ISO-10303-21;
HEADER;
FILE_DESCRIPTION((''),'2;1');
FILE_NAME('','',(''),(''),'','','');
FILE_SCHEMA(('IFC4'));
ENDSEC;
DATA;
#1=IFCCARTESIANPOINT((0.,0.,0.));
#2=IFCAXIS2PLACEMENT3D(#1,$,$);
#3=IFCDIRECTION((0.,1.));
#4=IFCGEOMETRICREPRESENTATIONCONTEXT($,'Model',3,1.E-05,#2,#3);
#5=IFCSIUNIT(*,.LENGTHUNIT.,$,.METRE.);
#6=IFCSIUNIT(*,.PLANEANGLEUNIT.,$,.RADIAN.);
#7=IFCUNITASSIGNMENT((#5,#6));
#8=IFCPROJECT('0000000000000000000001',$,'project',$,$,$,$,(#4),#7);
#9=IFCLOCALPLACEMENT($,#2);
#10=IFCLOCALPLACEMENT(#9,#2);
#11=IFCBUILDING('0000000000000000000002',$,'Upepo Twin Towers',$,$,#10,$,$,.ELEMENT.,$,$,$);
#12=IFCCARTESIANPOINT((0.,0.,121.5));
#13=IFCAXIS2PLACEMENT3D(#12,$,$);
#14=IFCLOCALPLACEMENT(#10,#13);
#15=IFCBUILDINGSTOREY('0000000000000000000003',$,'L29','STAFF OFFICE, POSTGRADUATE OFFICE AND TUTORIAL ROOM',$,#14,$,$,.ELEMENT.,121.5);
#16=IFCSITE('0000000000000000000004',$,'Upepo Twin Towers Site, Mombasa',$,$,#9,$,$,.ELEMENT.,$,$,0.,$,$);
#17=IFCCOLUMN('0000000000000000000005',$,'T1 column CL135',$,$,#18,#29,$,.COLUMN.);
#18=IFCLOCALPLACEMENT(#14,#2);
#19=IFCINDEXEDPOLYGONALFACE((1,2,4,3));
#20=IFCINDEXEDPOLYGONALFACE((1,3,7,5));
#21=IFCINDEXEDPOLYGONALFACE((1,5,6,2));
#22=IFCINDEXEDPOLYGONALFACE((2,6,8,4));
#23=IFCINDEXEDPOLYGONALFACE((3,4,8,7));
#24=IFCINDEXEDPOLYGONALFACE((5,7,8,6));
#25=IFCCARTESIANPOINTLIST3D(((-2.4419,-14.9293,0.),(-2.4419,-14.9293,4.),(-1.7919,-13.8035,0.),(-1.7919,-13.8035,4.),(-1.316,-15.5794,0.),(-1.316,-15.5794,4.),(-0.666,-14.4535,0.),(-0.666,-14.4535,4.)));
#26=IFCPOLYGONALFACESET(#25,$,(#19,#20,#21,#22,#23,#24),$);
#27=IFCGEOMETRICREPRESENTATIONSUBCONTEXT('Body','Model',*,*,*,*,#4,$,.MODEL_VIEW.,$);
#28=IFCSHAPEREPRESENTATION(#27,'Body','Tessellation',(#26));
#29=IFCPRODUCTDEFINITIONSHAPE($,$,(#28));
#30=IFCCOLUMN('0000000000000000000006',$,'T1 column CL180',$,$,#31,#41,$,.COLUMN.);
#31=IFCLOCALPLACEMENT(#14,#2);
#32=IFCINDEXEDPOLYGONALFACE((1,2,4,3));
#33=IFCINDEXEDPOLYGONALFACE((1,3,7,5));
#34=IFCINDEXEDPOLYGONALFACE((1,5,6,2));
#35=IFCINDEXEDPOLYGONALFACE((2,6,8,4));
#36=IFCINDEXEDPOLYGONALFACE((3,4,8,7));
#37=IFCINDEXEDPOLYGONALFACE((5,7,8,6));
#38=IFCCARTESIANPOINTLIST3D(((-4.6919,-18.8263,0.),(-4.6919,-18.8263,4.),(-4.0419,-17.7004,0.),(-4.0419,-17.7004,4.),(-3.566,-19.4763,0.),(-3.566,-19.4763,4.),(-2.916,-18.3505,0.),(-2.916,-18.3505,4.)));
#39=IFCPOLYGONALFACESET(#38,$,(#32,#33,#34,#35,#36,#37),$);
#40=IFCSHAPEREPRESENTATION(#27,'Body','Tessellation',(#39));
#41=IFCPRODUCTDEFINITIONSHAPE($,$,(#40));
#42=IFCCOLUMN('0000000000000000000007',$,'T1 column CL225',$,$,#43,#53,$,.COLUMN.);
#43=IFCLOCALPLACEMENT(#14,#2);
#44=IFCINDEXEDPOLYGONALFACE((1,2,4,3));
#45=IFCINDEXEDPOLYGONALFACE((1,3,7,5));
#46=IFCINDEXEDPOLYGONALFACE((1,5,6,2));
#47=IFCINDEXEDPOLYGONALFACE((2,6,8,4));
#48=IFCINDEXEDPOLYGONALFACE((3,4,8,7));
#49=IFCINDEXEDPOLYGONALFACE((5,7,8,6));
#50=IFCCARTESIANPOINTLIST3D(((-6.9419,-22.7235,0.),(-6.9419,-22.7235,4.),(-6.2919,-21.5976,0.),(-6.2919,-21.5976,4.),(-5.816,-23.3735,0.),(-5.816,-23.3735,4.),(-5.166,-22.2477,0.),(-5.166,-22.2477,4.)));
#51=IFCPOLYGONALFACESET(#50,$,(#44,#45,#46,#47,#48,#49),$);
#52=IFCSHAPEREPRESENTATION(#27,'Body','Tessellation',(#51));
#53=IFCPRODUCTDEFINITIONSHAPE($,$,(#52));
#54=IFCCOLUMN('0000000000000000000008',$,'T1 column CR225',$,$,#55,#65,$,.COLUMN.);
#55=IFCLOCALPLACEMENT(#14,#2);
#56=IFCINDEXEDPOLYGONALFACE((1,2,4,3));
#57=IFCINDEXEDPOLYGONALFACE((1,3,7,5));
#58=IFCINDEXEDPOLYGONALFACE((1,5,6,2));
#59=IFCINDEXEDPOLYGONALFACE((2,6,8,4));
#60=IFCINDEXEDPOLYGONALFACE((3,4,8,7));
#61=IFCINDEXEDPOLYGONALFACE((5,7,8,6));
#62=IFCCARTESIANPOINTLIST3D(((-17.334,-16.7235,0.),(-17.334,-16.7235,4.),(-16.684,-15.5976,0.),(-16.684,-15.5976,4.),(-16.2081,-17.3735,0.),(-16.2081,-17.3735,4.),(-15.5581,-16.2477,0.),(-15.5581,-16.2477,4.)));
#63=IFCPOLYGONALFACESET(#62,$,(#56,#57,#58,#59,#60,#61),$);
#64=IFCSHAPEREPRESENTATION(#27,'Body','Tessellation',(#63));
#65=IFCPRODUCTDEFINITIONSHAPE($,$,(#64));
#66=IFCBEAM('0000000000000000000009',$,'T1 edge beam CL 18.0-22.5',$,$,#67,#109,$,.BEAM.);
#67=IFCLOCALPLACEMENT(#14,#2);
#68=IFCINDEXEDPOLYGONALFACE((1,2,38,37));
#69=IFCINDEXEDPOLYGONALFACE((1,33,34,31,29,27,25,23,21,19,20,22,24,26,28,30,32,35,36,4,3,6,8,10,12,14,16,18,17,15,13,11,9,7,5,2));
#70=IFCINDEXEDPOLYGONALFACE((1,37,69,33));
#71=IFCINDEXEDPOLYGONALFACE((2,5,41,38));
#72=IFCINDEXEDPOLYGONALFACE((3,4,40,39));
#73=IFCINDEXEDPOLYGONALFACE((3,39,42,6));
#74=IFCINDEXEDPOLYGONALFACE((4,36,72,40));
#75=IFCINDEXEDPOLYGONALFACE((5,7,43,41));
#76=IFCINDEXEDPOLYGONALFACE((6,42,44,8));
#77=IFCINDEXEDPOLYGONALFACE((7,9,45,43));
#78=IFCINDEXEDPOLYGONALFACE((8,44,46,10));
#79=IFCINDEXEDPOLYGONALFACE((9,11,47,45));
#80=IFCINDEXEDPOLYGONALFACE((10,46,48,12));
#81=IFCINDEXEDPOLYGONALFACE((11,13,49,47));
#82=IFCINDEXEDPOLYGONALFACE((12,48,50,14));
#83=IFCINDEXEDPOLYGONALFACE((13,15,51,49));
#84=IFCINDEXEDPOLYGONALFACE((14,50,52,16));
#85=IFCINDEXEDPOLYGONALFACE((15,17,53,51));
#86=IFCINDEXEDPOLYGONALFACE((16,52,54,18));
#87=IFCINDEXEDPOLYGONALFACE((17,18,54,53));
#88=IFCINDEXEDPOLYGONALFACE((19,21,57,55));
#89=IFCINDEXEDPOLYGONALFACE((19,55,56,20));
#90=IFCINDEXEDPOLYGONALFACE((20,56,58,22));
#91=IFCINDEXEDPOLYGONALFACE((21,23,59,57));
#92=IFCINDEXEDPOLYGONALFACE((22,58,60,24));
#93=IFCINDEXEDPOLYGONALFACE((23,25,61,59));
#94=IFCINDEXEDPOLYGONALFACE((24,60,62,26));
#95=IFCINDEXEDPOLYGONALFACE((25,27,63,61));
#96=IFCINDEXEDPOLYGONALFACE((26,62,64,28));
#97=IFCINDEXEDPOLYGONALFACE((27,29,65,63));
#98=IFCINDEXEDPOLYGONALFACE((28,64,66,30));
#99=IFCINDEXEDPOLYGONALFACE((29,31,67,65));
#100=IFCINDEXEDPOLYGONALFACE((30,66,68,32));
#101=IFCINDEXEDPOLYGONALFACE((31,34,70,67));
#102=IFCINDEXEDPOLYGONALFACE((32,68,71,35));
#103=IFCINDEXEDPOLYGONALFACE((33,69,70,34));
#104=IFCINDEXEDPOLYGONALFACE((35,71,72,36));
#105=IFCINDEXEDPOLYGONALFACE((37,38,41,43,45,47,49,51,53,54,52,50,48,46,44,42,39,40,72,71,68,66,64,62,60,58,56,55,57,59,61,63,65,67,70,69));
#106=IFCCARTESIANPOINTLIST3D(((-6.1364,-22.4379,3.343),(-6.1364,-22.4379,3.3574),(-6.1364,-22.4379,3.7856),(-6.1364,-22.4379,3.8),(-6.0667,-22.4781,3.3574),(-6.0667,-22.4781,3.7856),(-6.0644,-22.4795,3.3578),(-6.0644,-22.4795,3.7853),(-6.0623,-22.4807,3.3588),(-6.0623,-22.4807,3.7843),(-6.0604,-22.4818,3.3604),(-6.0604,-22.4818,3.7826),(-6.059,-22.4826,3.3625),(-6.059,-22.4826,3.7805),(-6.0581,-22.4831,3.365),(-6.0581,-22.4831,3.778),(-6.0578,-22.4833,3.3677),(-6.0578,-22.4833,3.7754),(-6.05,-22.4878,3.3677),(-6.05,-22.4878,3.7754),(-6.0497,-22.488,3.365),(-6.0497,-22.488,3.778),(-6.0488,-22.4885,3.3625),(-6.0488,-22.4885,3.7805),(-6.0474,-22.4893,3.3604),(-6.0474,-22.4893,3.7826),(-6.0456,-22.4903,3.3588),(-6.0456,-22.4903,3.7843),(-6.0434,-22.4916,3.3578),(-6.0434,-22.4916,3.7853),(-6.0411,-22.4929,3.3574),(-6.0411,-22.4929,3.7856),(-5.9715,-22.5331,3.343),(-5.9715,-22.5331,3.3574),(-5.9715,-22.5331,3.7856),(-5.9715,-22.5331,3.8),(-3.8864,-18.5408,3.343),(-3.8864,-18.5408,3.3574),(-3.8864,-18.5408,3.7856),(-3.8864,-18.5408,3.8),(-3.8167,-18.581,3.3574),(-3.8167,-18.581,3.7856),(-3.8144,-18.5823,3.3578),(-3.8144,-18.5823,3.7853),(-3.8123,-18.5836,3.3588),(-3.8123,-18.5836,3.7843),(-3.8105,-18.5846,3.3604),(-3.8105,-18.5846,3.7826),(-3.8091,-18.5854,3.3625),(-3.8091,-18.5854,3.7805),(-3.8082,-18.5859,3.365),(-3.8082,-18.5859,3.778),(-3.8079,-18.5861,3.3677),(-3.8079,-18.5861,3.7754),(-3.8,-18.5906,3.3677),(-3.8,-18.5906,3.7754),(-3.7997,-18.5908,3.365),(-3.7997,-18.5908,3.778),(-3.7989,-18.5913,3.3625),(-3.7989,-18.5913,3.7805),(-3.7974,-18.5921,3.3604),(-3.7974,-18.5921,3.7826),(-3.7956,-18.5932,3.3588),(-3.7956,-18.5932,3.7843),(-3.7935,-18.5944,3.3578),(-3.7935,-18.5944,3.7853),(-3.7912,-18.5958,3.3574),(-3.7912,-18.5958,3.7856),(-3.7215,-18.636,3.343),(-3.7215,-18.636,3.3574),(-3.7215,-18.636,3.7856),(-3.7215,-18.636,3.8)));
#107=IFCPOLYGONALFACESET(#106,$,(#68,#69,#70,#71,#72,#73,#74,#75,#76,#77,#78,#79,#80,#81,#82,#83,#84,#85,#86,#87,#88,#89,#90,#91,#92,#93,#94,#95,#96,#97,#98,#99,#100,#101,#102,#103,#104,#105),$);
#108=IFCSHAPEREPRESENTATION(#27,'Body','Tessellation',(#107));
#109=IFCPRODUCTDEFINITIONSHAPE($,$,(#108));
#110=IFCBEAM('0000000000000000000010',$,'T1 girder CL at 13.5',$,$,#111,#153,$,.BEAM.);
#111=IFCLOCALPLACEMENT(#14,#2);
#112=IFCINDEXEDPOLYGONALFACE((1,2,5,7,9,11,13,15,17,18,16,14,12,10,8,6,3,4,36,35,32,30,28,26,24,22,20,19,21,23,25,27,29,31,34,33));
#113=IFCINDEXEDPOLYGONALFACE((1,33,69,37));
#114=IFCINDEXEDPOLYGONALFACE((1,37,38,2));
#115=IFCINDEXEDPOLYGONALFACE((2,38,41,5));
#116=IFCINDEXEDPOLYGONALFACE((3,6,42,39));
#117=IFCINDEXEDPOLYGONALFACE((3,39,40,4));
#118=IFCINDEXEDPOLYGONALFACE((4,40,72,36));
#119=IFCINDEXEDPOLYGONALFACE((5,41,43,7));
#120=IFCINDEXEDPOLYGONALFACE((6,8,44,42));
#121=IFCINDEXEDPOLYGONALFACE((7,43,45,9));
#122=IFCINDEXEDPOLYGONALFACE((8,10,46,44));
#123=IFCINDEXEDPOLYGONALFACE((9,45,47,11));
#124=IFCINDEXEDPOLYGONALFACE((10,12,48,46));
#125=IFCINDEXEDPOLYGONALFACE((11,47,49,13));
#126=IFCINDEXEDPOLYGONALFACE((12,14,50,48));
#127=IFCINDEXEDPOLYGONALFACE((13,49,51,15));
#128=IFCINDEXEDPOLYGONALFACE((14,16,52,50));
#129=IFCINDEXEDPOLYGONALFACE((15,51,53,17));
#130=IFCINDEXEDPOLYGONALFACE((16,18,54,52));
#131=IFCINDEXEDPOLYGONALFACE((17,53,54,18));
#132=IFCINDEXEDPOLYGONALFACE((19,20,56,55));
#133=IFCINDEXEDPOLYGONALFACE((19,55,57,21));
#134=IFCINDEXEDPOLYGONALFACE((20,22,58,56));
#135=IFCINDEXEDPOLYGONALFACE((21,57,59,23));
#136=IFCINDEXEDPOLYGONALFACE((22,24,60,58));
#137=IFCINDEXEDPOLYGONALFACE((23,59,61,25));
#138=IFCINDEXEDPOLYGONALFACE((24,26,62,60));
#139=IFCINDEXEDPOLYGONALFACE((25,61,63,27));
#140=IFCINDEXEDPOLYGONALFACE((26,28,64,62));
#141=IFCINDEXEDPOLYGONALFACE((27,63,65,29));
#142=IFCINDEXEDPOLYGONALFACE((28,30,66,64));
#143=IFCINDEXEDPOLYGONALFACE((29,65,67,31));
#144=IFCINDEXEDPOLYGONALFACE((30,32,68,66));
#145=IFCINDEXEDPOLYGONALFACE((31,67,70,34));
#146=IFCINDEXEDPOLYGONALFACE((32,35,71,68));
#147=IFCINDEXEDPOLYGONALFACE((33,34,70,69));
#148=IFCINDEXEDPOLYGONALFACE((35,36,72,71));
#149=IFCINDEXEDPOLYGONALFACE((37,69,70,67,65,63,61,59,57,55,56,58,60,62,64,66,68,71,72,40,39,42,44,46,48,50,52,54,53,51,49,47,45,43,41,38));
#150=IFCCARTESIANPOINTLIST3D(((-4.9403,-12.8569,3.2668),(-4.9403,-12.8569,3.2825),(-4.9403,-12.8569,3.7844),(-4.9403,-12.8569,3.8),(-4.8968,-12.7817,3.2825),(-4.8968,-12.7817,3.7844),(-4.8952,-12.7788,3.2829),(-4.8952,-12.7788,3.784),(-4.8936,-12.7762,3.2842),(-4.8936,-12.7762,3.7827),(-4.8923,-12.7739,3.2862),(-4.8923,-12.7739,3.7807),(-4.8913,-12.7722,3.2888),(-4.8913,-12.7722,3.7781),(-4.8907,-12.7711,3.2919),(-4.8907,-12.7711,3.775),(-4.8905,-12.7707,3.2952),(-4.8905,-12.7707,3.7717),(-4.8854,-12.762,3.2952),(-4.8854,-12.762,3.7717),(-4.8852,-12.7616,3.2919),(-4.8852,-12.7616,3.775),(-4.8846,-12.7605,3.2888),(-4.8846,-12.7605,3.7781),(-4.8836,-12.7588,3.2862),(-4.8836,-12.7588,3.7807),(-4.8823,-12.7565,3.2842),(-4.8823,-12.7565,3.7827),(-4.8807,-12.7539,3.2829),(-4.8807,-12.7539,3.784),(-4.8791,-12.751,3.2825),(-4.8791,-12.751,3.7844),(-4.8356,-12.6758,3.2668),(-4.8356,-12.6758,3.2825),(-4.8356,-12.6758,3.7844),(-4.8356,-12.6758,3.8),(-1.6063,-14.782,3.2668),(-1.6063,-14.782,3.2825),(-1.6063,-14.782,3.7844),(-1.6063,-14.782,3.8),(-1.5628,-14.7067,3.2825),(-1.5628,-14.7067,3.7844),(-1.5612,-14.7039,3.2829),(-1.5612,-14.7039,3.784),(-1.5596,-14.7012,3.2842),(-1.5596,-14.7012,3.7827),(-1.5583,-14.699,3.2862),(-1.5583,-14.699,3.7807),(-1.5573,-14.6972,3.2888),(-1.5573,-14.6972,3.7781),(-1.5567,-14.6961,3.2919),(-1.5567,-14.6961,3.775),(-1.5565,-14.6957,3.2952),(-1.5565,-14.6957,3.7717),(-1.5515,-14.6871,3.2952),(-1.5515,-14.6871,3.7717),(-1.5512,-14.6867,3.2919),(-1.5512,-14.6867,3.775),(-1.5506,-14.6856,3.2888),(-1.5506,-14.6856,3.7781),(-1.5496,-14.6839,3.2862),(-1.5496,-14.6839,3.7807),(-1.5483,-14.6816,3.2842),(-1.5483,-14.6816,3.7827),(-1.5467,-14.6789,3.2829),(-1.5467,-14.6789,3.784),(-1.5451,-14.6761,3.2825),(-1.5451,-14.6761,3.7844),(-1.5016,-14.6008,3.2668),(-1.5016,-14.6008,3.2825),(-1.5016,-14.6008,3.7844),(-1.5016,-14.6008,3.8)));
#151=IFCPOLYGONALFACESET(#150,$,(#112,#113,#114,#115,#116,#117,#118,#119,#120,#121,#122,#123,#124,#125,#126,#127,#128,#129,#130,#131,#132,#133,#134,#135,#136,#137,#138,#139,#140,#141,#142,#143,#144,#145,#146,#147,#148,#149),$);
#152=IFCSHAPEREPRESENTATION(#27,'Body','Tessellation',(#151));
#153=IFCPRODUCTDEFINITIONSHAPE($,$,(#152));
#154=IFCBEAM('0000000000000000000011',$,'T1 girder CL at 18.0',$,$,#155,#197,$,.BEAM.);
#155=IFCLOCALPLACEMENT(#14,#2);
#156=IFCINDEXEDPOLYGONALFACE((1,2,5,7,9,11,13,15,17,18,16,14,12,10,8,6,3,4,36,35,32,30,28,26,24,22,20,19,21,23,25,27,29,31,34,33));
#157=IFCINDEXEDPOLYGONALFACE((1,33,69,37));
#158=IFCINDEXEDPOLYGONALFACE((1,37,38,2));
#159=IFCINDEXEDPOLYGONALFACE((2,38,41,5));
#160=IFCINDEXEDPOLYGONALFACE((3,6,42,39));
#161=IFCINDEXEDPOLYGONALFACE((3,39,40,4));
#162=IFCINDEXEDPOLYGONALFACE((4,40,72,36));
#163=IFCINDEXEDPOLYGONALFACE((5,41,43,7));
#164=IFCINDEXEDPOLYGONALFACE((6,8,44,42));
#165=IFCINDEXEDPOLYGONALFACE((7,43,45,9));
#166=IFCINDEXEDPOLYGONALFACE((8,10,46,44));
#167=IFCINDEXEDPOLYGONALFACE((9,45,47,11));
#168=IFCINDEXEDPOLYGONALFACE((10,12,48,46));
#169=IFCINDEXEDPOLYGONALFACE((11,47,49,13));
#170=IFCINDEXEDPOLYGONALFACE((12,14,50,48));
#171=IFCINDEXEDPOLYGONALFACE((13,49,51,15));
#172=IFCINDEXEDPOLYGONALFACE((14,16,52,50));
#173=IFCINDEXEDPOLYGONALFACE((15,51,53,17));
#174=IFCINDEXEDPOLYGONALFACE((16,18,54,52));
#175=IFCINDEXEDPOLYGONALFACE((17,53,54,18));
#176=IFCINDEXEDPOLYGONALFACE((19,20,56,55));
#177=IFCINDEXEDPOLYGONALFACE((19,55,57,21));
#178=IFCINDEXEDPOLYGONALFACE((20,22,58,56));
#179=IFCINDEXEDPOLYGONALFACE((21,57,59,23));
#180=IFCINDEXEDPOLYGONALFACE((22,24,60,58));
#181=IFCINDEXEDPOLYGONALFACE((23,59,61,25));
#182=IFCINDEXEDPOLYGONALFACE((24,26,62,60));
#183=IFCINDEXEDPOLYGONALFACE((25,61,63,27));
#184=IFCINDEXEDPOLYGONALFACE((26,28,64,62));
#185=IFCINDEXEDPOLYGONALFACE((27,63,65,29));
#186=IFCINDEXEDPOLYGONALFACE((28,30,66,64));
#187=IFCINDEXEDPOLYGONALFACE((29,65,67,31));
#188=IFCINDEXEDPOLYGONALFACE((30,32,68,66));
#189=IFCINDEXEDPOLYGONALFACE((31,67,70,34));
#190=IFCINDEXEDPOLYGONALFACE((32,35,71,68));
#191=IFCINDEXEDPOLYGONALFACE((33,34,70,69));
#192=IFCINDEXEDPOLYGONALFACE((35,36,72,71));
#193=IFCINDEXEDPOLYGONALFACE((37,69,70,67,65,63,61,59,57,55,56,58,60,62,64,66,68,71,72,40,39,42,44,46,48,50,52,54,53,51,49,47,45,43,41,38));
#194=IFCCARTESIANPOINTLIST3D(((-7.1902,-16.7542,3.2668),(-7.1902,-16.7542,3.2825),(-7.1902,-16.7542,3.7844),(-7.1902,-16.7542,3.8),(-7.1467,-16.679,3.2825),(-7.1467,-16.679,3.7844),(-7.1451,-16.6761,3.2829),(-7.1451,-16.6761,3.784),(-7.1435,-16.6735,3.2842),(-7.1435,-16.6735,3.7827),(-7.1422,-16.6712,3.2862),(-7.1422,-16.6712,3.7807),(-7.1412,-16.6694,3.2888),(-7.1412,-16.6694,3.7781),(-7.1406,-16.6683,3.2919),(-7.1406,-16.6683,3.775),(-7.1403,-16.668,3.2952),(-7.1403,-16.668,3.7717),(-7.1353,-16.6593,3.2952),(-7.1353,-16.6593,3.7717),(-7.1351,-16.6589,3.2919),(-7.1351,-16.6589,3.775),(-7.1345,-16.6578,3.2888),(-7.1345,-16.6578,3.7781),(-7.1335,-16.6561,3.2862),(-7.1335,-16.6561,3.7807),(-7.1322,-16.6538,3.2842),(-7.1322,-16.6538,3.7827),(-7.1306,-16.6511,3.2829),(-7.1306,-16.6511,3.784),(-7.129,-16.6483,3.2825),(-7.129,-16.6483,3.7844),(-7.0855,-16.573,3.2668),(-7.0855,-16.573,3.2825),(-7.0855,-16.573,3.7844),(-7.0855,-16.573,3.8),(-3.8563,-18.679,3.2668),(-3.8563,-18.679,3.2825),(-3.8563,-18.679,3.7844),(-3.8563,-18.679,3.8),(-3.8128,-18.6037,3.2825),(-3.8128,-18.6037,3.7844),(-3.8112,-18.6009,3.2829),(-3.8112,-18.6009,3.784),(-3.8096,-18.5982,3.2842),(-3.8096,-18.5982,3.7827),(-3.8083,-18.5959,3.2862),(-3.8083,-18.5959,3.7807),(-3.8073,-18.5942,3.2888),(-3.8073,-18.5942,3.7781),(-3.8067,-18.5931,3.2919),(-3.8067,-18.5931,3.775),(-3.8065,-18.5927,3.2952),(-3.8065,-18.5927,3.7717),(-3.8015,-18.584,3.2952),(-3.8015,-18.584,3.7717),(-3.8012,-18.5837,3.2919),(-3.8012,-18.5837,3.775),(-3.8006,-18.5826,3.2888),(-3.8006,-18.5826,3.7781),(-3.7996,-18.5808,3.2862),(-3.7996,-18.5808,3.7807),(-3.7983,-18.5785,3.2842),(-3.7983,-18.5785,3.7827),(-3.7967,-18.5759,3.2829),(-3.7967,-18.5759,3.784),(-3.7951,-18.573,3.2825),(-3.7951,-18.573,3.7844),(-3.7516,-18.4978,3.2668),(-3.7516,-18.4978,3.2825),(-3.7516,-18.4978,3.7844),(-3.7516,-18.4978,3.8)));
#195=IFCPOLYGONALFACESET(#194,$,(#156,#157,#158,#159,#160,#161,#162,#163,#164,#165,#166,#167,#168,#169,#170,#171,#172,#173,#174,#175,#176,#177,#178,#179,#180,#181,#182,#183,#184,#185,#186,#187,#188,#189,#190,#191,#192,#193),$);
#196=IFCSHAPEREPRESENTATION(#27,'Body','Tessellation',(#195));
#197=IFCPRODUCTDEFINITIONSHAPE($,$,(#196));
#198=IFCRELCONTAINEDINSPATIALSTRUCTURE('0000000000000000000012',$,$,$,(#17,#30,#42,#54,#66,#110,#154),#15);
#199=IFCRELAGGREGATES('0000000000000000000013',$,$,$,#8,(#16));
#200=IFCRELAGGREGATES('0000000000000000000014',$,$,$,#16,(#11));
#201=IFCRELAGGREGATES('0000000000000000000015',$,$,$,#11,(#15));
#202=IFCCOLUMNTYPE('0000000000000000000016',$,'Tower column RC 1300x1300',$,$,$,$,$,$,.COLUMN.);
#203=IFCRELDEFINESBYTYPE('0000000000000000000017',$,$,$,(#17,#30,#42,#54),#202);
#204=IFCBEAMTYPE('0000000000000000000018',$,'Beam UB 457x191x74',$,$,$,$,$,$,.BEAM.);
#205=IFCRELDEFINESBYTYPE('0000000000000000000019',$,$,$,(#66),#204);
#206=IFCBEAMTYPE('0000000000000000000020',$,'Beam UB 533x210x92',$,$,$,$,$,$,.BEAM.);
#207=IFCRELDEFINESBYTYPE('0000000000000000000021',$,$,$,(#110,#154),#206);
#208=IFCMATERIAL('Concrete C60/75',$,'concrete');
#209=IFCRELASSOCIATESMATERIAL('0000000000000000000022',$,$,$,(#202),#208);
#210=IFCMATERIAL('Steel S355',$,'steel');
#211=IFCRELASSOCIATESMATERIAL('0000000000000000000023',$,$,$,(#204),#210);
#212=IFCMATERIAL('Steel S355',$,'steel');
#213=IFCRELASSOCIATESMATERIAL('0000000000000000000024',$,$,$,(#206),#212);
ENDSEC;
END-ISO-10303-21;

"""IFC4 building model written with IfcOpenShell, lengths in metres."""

from ifc_helpers import new_model, si_unit, direction, frame, origin, origin_2d, place, context, subcontext, project, spatial, rectangle, i_section, extrude, material, material_profile, profile_set, type_object, element, save


model = new_model("IFC4")

# Units and contexts
model_context = context("Model", 3, precision=1e-05, world=origin(), true_north=direction((0.0, 1.0)))
body_context = subcontext(model_context, "Body", "Model", "MODEL_VIEW")
ifc_project = project(units=[si_unit("LENGTHUNIT", "METRE"), si_unit("PLANEANGLEUNIT", "RADIAN")], contexts=[model_context])

# Site, building, storey
site_placement = place(None, origin())
site = spatial("IfcSite", under=ifc_project, at=site_placement, Name="Upepo Twin Towers Site, Mombasa", CompositionType="ELEMENT", RefElevation=0.0)
building_placement = place(site_placement, origin())
building = spatial("IfcBuilding", under=site, at=building_placement, Name="Upepo Twin Towers", CompositionType="ELEMENT")
storey_placement = place(building_placement, frame((0.0, 0.0, 121.5)))
storey = spatial("IfcBuildingStorey", under=building, at=storey_placement, Name="L29", Description="STAFF OFFICE, POSTGRADUATE OFFICE AND TUTORIAL ROOM", CompositionType="ELEMENT", Elevation=121.5)

# Columns
ifc_material_1 = material(Name="Concrete C60/75", Category="concrete")
ifc_material_profile_1 = material_profile(ifc_material_1, rectangle(XDim=1.3, YDim=1.3, at=origin_2d()), Name="RC 1300x1300")
ifc_profile_set_1 = profile_set([ifc_material_profile_1], Name="Concrete C60/75")
column_type = type_object("IfcColumnType", Name="Tower column RC 1300x1300", PredefinedType="COLUMN", material=ifc_profile_set_1)
for number, where, z_axis, x_axis, name in (
    (1, (-1.554, -14.6914, 0.0), (0.0, 0.0, 1.0), (0.5, 0.866025, 0.0), "T1 column CL135"),
    (2, (-3.804, -18.5884, 0.0), (0.0, 0.0, 1.0), (0.5, 0.866025, 0.0), "T1 column CL180"),
    (3, (-6.054, -22.4856, 0.0), (0.0, 0.0, 1.0), (0.5, 0.866025, 0.0), "T1 column CL225"),
    (4, (-16.446, -16.4856, 0.0), (0.0, 0.0, 1.0), (0.5, 0.866025, 0.0), "T1 column CR225"),
):
    element("IfcColumn", number, at=place(storey_placement, frame(where, z_axis=z_axis, x_axis=x_axis)), inside=storey, type_object=column_type, Name=name, PredefinedType="COLUMN", context=body_context, shape_type="SweptSolid", body=[
        extrude(rectangle(XDim=1.3, YDim=1.3, at=origin_2d()), origin(), (0.0, 0.0, 1.0), 4.0),
    ])

# Beams
ifc_material_2 = material(Name="Steel S355", Category="steel")
ifc_material_profile_2 = material_profile(ifc_material_2, i_section(OverallWidth=0.1904, OverallDepth=0.457, WebThickness=0.009, FlangeThickness=0.0144, FilletRadius=0.0103, at=origin_2d()), Name="UB 457x191x74")
ifc_profile_set_2 = profile_set([ifc_material_profile_2], Name="Steel S355")
beam_type_1 = type_object("IfcBeamType", Name="Beam UB 457x191x74", PredefinedType="BEAM", material=ifc_profile_set_2)
beam_1_placement = place(storey_placement, frame((-3.804, -18.5884, 3.5715), z_axis=(-0.49999, -0.866031, 0.0), x_axis=(0.866031, -0.49999, 0.0)))
element("IfcBeam", 5, at=beam_1_placement, inside=storey, type_object=beam_type_1, Name="T1 edge beam CL 18.0-22.5", PredefinedType="BEAM", context=body_context, shape_type="SweptSolid", body=[
    extrude(i_section(OverallWidth=0.1904, OverallDepth=0.457, WebThickness=0.009, FlangeThickness=0.0144, FilletRadius=0.0103, at=origin_2d()), origin(), (0.0, 0.0, 1.0), 4.5),
])
ifc_material_3 = material(Name="Steel S355", Category="steel")
ifc_material_profile_3 = material_profile(ifc_material_3, i_section(OverallWidth=0.2092, OverallDepth=0.5332, WebThickness=0.01, FlangeThickness=0.0156, FilletRadius=0.0127, at=origin_2d()), Name="UB 533x210x92")
ifc_profile_set_3 = profile_set([ifc_material_profile_3], Name="Steel S355")
beam_type_2 = type_object("IfcBeamType", Name="Beam UB 533x210x92", PredefinedType="BEAM", material=ifc_profile_set_3)
beam_2_placement = place(storey_placement, frame((-1.554, -14.6914, 3.5334), z_axis=(-0.866006, 0.500034, 0.0), x_axis=(-0.500034, -0.866006, 0.0)))
element("IfcBeam", 6, at=beam_2_placement, inside=storey, type_object=beam_type_2, Name="T1 girder CL at 13.5", PredefinedType="BEAM", context=body_context, shape_type="SweptSolid", body=[
    extrude(i_section(OverallWidth=0.2092, OverallDepth=0.5332, WebThickness=0.01, FlangeThickness=0.0156, FilletRadius=0.0127, at=origin_2d()), origin(), (0.0, 0.0, 1.0), 3.8499),
])
beam_3_placement = place(storey_placement, frame((-3.804, -18.5884, 3.5334), z_axis=(-0.866034, 0.499986, 0.0), x_axis=(-0.499986, -0.866034, 0.0)))
element("IfcBeam", 7, at=beam_3_placement, inside=storey, type_object=beam_type_2, Name="T1 girder CL at 18.0", PredefinedType="BEAM", context=body_context, shape_type="SweptSolid", body=[
    extrude(i_section(OverallWidth=0.2092, OverallDepth=0.5332, WebThickness=0.01, FlangeThickness=0.0156, FilletRadius=0.0127, at=origin_2d()), origin(), (0.0, 0.0, 1.0), 3.8496),
])

save(model, "model.ifc")
